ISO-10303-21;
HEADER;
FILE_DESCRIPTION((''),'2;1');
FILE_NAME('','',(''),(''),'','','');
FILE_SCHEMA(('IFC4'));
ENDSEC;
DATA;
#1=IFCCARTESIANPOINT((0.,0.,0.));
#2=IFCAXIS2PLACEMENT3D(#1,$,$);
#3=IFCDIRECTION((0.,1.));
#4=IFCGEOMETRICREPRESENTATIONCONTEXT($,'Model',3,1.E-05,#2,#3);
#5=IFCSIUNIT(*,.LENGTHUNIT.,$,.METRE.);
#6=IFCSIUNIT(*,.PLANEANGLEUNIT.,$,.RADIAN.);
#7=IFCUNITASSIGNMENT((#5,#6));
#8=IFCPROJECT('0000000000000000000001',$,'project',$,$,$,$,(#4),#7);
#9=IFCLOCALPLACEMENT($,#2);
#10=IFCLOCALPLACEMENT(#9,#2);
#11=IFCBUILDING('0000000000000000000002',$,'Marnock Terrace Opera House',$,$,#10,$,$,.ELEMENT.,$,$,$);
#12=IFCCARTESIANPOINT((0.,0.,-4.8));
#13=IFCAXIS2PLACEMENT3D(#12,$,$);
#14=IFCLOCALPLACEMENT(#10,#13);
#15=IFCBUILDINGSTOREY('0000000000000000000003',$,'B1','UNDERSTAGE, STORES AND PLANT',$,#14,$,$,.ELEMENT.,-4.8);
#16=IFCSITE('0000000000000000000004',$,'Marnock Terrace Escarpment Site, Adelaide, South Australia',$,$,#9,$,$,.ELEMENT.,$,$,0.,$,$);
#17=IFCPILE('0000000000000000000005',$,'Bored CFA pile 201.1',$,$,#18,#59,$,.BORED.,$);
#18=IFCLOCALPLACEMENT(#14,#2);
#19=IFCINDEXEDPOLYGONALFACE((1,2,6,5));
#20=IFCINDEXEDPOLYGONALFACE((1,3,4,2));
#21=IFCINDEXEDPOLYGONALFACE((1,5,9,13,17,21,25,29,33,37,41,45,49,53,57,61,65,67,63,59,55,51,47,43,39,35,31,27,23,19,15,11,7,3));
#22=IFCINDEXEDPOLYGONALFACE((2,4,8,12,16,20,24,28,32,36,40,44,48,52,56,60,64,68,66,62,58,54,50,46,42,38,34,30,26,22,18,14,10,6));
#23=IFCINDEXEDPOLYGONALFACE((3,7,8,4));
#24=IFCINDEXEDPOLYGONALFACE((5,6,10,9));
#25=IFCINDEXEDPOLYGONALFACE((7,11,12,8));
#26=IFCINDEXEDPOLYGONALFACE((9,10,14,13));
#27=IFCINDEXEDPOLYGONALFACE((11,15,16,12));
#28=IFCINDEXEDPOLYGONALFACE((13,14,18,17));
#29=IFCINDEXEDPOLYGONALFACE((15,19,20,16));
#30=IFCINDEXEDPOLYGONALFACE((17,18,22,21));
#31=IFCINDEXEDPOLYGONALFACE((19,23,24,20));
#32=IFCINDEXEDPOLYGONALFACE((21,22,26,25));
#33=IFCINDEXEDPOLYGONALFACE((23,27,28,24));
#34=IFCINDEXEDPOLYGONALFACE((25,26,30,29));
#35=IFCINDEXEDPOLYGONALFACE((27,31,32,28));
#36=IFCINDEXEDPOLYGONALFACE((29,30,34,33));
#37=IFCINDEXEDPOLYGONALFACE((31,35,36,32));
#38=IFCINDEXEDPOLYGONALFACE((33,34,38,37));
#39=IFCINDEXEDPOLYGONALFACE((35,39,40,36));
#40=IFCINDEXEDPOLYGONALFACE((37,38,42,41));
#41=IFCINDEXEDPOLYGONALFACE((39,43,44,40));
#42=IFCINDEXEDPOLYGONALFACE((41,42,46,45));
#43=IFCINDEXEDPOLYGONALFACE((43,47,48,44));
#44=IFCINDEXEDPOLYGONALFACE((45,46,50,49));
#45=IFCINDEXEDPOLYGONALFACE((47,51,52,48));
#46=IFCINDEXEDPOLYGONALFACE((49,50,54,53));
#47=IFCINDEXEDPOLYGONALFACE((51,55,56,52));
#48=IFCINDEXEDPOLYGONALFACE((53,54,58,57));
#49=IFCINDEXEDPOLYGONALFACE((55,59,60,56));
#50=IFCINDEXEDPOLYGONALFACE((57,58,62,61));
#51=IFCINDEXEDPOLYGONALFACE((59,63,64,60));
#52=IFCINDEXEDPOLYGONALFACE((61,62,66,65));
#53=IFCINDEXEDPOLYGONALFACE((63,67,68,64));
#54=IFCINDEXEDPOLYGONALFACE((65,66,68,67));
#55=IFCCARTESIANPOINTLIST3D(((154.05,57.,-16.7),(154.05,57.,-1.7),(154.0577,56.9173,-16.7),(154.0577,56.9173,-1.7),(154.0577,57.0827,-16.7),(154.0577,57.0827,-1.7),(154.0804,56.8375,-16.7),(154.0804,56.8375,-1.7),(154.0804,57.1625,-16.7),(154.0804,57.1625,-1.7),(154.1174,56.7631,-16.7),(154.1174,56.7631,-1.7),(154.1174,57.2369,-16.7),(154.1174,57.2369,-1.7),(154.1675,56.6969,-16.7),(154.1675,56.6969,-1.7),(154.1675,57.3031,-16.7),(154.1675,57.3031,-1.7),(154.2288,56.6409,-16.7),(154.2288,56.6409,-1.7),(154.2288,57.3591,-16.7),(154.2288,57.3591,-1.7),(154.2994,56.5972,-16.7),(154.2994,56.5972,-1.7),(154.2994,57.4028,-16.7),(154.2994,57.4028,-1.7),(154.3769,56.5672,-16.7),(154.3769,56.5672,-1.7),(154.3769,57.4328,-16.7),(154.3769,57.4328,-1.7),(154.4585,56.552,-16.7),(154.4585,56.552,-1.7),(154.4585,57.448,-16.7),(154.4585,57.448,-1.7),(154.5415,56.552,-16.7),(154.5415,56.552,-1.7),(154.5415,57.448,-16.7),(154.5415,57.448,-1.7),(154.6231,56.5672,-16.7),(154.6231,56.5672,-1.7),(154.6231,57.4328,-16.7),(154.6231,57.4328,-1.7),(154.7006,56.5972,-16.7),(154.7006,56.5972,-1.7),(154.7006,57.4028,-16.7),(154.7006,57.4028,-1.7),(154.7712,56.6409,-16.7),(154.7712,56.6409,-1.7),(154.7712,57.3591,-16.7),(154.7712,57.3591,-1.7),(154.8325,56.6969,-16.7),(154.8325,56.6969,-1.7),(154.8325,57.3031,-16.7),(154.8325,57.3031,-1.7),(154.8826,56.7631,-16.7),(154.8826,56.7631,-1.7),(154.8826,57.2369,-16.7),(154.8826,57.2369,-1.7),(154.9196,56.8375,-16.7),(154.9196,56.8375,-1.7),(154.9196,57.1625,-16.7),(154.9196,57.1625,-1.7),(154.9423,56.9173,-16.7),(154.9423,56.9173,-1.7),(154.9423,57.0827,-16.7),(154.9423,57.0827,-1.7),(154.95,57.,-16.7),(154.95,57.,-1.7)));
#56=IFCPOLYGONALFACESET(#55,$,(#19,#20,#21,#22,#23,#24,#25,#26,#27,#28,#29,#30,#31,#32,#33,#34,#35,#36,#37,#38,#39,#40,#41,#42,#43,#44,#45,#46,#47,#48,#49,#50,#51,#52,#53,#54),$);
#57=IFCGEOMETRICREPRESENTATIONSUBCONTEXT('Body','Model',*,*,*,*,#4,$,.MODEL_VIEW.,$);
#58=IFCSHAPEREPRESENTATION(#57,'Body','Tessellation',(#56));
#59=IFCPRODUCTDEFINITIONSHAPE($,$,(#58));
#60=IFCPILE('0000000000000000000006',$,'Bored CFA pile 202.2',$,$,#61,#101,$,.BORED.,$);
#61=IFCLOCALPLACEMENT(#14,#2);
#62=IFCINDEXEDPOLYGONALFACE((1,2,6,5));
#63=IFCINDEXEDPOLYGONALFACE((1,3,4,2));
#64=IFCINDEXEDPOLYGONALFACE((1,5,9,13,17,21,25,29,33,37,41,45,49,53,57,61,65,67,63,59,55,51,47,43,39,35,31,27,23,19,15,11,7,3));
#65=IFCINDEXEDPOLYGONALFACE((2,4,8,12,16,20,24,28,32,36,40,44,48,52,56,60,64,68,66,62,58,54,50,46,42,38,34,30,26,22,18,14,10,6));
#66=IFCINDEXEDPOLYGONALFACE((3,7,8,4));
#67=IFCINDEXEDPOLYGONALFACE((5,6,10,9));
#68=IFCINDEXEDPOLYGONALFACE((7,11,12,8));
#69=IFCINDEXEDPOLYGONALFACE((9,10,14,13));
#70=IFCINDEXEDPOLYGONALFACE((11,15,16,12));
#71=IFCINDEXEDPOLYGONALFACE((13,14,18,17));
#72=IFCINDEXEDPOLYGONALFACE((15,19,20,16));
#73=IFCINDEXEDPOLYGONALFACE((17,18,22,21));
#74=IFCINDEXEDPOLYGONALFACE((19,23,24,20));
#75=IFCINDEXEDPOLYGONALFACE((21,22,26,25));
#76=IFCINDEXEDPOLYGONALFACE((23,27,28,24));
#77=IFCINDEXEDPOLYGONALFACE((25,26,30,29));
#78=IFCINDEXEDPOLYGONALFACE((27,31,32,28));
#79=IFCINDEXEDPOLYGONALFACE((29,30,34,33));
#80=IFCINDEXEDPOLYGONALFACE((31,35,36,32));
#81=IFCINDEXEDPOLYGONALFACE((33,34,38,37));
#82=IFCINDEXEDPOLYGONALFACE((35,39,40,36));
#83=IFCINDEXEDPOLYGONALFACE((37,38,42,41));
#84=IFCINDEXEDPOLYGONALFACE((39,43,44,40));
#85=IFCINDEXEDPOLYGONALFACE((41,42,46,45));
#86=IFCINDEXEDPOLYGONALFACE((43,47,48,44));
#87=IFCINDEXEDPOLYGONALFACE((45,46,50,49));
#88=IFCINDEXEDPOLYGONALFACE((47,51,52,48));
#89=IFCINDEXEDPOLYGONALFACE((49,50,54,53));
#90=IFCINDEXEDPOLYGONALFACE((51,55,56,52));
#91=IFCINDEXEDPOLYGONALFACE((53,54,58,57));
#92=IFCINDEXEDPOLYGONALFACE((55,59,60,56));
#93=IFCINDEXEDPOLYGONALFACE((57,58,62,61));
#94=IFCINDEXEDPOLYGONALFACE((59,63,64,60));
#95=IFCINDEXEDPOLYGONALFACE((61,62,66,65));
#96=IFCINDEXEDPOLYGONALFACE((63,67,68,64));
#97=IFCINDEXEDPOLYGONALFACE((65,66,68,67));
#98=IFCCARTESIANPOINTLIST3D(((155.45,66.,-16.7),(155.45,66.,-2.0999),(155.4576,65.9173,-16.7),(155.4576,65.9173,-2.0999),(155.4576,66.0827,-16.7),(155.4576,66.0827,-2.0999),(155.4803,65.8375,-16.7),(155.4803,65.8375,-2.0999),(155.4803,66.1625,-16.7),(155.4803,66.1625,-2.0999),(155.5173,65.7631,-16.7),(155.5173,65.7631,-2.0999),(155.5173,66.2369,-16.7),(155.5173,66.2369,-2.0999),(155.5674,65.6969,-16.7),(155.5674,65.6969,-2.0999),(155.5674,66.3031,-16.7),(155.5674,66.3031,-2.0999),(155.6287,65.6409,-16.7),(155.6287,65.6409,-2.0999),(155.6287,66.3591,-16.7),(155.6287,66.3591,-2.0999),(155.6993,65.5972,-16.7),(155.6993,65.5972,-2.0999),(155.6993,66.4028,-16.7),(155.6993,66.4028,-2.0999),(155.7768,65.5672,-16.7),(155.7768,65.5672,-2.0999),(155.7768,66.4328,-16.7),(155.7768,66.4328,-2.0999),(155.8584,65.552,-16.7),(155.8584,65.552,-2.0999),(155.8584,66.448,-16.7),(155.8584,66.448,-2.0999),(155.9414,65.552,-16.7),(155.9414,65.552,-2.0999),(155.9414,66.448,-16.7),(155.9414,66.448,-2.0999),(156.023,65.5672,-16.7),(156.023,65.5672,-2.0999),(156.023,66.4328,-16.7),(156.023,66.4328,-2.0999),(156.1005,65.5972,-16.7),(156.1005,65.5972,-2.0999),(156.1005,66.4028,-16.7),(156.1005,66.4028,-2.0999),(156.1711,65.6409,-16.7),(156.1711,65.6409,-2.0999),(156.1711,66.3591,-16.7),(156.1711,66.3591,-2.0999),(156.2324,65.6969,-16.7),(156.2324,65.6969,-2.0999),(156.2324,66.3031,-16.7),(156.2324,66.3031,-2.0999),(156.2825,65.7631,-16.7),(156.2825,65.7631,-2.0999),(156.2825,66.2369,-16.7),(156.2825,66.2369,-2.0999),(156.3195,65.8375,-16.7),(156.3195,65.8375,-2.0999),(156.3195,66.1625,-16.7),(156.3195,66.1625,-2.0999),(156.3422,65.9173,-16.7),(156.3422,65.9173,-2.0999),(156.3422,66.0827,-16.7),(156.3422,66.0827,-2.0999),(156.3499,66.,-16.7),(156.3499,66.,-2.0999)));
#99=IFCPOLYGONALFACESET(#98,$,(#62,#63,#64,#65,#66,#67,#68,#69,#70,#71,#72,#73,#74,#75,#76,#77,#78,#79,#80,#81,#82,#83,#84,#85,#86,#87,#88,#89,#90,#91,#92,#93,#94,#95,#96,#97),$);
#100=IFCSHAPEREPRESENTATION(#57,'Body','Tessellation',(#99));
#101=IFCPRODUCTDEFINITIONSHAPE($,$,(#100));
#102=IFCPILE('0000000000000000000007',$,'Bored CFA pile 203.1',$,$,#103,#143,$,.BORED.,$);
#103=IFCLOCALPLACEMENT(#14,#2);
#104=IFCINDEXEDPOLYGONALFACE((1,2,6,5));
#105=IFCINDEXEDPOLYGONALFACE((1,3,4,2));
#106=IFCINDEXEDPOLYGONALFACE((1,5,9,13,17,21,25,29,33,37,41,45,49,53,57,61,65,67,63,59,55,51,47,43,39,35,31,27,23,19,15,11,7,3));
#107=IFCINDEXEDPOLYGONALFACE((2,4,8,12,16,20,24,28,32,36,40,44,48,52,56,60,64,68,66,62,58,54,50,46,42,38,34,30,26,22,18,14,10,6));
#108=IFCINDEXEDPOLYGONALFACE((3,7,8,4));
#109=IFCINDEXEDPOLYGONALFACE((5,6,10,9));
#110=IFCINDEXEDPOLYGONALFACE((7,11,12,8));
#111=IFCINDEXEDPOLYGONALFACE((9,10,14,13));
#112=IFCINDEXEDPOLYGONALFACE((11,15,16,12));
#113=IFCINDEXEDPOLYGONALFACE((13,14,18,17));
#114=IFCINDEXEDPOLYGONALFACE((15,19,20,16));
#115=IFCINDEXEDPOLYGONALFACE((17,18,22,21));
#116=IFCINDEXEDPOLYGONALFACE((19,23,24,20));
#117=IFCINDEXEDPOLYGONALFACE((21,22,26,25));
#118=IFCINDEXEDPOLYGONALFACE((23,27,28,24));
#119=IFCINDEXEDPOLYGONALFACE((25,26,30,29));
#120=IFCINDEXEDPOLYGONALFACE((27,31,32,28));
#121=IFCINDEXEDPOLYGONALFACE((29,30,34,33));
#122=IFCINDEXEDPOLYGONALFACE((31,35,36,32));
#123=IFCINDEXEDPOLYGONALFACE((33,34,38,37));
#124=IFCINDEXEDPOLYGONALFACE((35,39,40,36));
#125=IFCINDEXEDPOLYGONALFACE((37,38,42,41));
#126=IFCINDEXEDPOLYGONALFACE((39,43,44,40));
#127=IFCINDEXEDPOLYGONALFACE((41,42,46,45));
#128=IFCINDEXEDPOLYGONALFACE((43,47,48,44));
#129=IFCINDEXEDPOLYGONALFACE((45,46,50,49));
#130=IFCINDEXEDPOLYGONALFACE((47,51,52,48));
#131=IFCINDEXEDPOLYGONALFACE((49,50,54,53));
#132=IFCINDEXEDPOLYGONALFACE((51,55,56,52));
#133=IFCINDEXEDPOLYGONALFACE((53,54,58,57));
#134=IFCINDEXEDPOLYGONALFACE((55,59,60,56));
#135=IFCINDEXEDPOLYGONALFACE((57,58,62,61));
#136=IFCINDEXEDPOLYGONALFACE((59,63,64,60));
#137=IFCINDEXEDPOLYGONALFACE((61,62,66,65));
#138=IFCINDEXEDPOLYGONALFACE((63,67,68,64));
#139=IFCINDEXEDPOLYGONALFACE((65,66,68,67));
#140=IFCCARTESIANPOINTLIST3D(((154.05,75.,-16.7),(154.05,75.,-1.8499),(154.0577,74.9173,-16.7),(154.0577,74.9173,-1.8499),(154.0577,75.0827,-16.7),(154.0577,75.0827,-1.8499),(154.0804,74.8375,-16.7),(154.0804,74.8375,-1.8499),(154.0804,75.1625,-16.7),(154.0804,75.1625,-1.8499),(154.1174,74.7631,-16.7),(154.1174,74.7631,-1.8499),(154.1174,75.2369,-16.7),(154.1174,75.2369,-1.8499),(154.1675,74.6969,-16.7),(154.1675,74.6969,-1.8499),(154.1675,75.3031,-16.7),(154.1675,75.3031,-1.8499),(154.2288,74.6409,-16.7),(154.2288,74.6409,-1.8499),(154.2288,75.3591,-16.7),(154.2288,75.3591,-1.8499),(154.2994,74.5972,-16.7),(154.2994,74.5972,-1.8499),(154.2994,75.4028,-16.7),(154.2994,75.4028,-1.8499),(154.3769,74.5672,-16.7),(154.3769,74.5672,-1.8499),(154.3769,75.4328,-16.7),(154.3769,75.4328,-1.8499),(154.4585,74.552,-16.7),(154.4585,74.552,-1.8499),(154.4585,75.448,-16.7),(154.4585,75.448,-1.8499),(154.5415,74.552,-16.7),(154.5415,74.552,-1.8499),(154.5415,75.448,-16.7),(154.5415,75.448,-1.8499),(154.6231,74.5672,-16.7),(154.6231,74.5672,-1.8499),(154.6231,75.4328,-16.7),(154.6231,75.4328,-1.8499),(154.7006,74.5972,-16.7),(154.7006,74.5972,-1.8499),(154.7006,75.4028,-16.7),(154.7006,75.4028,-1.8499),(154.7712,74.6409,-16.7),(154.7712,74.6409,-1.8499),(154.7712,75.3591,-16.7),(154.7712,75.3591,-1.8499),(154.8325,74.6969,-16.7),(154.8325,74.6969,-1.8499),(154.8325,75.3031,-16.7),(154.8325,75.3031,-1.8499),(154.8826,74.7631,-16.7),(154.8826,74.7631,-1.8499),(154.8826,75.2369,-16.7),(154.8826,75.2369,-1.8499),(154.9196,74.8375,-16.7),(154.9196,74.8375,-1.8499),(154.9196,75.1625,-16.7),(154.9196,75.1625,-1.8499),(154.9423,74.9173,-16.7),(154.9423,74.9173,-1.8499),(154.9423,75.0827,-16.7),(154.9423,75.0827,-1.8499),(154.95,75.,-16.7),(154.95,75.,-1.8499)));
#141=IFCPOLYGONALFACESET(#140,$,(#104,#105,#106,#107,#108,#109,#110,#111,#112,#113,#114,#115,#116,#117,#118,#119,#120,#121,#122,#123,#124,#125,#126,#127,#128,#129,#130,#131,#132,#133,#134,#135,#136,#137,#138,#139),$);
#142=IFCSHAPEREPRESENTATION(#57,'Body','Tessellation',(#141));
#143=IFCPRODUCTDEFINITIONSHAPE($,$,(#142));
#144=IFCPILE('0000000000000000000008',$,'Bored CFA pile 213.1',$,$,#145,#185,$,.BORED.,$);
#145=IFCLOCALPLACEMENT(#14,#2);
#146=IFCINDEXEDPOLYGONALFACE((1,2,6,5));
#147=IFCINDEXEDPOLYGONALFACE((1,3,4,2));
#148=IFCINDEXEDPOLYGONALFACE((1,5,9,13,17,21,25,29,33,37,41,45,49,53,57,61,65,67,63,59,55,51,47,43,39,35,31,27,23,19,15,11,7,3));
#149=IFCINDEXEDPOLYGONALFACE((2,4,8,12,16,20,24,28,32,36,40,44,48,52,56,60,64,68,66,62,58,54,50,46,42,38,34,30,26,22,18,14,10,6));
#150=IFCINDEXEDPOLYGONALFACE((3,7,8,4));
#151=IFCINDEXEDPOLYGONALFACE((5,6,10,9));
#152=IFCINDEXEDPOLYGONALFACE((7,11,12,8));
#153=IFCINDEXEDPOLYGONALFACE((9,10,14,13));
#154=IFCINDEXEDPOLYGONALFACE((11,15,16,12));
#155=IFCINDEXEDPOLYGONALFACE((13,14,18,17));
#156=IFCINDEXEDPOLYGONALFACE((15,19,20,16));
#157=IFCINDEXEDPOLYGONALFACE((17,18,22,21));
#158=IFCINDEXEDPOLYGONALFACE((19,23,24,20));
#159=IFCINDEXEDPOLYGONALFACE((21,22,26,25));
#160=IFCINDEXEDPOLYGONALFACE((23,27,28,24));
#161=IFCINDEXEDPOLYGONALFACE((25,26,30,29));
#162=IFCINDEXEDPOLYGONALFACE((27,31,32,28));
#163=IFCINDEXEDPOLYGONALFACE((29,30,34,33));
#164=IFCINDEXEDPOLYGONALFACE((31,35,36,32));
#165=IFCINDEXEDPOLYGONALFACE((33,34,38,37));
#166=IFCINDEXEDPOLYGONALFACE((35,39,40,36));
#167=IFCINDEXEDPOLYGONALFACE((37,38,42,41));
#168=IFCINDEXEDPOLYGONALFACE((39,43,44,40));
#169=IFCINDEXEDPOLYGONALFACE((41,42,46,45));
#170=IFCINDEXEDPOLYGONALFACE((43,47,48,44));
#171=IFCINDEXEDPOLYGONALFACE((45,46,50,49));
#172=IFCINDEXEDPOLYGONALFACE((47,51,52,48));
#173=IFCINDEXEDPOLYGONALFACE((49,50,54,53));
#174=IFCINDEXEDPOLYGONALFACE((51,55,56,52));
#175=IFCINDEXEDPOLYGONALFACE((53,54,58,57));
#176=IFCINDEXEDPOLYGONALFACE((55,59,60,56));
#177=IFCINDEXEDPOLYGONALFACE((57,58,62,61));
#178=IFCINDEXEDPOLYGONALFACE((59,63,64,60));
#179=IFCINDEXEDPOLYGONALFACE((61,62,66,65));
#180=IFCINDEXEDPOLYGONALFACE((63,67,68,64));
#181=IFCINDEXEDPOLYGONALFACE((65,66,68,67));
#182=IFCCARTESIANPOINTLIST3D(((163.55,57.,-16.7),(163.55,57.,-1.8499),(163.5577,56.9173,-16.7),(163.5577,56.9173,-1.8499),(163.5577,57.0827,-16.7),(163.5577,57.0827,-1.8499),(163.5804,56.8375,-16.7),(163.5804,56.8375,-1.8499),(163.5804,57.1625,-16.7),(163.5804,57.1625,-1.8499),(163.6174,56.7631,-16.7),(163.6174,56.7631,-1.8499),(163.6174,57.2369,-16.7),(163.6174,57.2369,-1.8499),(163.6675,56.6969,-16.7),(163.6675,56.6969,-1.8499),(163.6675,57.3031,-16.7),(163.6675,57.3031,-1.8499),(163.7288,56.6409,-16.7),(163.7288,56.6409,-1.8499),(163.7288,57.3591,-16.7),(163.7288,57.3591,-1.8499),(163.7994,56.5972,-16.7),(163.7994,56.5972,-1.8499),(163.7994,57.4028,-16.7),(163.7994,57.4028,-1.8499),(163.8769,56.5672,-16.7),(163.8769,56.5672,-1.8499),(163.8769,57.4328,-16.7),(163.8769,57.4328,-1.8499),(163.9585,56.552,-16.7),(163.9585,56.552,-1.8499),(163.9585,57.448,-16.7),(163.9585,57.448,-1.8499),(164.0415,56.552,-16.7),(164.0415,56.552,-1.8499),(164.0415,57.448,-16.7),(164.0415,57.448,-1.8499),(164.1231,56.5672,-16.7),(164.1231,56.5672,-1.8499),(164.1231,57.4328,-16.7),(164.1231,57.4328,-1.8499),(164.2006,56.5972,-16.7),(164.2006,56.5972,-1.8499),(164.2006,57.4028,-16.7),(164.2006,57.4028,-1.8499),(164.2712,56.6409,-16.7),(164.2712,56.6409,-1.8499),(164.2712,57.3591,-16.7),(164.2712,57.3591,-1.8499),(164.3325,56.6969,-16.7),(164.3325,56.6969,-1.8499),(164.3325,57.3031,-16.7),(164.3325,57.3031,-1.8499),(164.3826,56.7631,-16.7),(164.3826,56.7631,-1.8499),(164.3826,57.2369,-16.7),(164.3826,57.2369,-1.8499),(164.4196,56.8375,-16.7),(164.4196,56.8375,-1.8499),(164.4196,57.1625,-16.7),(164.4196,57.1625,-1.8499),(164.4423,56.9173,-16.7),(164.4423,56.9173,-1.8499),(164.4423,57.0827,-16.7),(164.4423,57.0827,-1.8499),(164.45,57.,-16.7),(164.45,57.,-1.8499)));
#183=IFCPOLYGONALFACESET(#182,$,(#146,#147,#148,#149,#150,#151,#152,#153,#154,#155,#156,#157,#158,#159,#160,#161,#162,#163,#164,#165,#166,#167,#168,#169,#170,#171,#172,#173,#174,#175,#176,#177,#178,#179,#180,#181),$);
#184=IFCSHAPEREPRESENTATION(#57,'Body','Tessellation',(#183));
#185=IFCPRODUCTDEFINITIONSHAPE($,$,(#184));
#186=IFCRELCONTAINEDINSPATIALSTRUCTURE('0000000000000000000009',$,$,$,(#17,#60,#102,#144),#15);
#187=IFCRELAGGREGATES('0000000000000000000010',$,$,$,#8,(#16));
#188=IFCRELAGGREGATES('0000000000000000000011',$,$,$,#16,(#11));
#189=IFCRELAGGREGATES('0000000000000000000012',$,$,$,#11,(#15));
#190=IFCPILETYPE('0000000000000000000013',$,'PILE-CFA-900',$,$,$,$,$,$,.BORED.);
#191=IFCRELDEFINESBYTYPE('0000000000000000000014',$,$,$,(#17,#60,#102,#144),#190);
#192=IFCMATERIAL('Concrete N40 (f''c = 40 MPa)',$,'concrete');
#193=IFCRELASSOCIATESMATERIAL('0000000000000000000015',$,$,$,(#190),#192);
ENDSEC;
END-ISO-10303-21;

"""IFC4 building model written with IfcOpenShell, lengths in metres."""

from ifc_helpers import new_model, si_unit, direction, frame, origin, origin_2d, place, context, subcontext, project, spatial, circle, extrude, material, material_profile, profile_set, type_object, element, save


model = new_model("IFC4")

# Units and contexts
model_context = context("Model", 3, precision=1e-05, world=origin(), true_north=direction((0.0, 1.0)))
body_context = subcontext(model_context, "Body", "Model", "MODEL_VIEW")
ifc_project = project(units=[si_unit("LENGTHUNIT", "METRE"), si_unit("PLANEANGLEUNIT", "RADIAN")], contexts=[model_context])

# Site, building, storey
site_placement = place(None, origin())
site = spatial("IfcSite", under=ifc_project, at=site_placement, Name="Marnock Terrace Escarpment Site, Adelaide, South Australia", CompositionType="ELEMENT", RefElevation=0.0)
building_placement = place(site_placement, origin())
building = spatial("IfcBuilding", under=site, at=building_placement, Name="Marnock Terrace Opera House", CompositionType="ELEMENT")
storey_placement = place(building_placement, frame((0.0, 0.0, -4.8)))
storey = spatial("IfcBuildingStorey", under=building, at=storey_placement, Name="B1", Description="UNDERSTAGE, STORES AND PLANT", CompositionType="ELEMENT", Elevation=-4.8)

# Shared definitions
ifc_material_1 = material(Name="Concrete N40 (f'c = 40 MPa)", Category="concrete")

# Piles
ifc_material_profile_1 = material_profile(ifc_material_1, circle(Radius=0.45, at=origin_2d()))
ifc_profile_set_1 = profile_set([ifc_material_profile_1], Name="Concrete N40 (f'c = 40 MPa)")
pile_type = type_object("IfcPileType", Name="PILE-CFA-900", PredefinedType="BORED", material=ifc_profile_set_1)
pile_1_placement = place(storey_placement, frame((154.5, 57.0, -1.7), z_axis=(0.0, 0.0, -1.0), x_axis=(1.0, 0.0, 0.0)))
element("IfcPile", 1, at=pile_1_placement, inside=storey, type_object=pile_type, Name="Bored CFA pile 201.1", PredefinedType="BORED", context=body_context, shape_type="SweptSolid", body=[
    extrude(circle(Radius=0.45, at=origin_2d()), origin(), (0.0, 0.0, 1.0), 15.0),
])
pile_2_placement = place(storey_placement, frame((155.8999, 66.0, -2.0999), z_axis=(0.0, 0.0, -1.0), x_axis=(1.0, 0.0, 0.0)))
element("IfcPile", 2, at=pile_2_placement, inside=storey, type_object=pile_type, Name="Bored CFA pile 202.2", PredefinedType="BORED", context=body_context, shape_type="SweptSolid", body=[
    extrude(circle(Radius=0.45, at=origin_2d()), origin(), (0.0, 0.0, 1.0), 14.6001),
])
for number, where, z_axis, x_axis, name in (
    (3, (154.5, 75.0, -1.8499), (0.0, 0.0, -1.0), (1.0, 0.0, 0.0), "Bored CFA pile 203.1"),
    (4, (164.0, 57.0, -1.8499), (0.0, 0.0, -1.0), (1.0, 0.0, 0.0), "Bored CFA pile 213.1"),
):
    element("IfcPile", number, at=place(storey_placement, frame(where, z_axis=z_axis, x_axis=x_axis)), inside=storey, type_object=pile_type, Name=name, PredefinedType="BORED", context=body_context, shape_type="SweptSolid", body=[
        extrude(circle(Radius=0.45, at=origin_2d()), origin(), (0.0, 0.0, 1.0), 14.8501),
    ])

save(model, "model.ifc")
